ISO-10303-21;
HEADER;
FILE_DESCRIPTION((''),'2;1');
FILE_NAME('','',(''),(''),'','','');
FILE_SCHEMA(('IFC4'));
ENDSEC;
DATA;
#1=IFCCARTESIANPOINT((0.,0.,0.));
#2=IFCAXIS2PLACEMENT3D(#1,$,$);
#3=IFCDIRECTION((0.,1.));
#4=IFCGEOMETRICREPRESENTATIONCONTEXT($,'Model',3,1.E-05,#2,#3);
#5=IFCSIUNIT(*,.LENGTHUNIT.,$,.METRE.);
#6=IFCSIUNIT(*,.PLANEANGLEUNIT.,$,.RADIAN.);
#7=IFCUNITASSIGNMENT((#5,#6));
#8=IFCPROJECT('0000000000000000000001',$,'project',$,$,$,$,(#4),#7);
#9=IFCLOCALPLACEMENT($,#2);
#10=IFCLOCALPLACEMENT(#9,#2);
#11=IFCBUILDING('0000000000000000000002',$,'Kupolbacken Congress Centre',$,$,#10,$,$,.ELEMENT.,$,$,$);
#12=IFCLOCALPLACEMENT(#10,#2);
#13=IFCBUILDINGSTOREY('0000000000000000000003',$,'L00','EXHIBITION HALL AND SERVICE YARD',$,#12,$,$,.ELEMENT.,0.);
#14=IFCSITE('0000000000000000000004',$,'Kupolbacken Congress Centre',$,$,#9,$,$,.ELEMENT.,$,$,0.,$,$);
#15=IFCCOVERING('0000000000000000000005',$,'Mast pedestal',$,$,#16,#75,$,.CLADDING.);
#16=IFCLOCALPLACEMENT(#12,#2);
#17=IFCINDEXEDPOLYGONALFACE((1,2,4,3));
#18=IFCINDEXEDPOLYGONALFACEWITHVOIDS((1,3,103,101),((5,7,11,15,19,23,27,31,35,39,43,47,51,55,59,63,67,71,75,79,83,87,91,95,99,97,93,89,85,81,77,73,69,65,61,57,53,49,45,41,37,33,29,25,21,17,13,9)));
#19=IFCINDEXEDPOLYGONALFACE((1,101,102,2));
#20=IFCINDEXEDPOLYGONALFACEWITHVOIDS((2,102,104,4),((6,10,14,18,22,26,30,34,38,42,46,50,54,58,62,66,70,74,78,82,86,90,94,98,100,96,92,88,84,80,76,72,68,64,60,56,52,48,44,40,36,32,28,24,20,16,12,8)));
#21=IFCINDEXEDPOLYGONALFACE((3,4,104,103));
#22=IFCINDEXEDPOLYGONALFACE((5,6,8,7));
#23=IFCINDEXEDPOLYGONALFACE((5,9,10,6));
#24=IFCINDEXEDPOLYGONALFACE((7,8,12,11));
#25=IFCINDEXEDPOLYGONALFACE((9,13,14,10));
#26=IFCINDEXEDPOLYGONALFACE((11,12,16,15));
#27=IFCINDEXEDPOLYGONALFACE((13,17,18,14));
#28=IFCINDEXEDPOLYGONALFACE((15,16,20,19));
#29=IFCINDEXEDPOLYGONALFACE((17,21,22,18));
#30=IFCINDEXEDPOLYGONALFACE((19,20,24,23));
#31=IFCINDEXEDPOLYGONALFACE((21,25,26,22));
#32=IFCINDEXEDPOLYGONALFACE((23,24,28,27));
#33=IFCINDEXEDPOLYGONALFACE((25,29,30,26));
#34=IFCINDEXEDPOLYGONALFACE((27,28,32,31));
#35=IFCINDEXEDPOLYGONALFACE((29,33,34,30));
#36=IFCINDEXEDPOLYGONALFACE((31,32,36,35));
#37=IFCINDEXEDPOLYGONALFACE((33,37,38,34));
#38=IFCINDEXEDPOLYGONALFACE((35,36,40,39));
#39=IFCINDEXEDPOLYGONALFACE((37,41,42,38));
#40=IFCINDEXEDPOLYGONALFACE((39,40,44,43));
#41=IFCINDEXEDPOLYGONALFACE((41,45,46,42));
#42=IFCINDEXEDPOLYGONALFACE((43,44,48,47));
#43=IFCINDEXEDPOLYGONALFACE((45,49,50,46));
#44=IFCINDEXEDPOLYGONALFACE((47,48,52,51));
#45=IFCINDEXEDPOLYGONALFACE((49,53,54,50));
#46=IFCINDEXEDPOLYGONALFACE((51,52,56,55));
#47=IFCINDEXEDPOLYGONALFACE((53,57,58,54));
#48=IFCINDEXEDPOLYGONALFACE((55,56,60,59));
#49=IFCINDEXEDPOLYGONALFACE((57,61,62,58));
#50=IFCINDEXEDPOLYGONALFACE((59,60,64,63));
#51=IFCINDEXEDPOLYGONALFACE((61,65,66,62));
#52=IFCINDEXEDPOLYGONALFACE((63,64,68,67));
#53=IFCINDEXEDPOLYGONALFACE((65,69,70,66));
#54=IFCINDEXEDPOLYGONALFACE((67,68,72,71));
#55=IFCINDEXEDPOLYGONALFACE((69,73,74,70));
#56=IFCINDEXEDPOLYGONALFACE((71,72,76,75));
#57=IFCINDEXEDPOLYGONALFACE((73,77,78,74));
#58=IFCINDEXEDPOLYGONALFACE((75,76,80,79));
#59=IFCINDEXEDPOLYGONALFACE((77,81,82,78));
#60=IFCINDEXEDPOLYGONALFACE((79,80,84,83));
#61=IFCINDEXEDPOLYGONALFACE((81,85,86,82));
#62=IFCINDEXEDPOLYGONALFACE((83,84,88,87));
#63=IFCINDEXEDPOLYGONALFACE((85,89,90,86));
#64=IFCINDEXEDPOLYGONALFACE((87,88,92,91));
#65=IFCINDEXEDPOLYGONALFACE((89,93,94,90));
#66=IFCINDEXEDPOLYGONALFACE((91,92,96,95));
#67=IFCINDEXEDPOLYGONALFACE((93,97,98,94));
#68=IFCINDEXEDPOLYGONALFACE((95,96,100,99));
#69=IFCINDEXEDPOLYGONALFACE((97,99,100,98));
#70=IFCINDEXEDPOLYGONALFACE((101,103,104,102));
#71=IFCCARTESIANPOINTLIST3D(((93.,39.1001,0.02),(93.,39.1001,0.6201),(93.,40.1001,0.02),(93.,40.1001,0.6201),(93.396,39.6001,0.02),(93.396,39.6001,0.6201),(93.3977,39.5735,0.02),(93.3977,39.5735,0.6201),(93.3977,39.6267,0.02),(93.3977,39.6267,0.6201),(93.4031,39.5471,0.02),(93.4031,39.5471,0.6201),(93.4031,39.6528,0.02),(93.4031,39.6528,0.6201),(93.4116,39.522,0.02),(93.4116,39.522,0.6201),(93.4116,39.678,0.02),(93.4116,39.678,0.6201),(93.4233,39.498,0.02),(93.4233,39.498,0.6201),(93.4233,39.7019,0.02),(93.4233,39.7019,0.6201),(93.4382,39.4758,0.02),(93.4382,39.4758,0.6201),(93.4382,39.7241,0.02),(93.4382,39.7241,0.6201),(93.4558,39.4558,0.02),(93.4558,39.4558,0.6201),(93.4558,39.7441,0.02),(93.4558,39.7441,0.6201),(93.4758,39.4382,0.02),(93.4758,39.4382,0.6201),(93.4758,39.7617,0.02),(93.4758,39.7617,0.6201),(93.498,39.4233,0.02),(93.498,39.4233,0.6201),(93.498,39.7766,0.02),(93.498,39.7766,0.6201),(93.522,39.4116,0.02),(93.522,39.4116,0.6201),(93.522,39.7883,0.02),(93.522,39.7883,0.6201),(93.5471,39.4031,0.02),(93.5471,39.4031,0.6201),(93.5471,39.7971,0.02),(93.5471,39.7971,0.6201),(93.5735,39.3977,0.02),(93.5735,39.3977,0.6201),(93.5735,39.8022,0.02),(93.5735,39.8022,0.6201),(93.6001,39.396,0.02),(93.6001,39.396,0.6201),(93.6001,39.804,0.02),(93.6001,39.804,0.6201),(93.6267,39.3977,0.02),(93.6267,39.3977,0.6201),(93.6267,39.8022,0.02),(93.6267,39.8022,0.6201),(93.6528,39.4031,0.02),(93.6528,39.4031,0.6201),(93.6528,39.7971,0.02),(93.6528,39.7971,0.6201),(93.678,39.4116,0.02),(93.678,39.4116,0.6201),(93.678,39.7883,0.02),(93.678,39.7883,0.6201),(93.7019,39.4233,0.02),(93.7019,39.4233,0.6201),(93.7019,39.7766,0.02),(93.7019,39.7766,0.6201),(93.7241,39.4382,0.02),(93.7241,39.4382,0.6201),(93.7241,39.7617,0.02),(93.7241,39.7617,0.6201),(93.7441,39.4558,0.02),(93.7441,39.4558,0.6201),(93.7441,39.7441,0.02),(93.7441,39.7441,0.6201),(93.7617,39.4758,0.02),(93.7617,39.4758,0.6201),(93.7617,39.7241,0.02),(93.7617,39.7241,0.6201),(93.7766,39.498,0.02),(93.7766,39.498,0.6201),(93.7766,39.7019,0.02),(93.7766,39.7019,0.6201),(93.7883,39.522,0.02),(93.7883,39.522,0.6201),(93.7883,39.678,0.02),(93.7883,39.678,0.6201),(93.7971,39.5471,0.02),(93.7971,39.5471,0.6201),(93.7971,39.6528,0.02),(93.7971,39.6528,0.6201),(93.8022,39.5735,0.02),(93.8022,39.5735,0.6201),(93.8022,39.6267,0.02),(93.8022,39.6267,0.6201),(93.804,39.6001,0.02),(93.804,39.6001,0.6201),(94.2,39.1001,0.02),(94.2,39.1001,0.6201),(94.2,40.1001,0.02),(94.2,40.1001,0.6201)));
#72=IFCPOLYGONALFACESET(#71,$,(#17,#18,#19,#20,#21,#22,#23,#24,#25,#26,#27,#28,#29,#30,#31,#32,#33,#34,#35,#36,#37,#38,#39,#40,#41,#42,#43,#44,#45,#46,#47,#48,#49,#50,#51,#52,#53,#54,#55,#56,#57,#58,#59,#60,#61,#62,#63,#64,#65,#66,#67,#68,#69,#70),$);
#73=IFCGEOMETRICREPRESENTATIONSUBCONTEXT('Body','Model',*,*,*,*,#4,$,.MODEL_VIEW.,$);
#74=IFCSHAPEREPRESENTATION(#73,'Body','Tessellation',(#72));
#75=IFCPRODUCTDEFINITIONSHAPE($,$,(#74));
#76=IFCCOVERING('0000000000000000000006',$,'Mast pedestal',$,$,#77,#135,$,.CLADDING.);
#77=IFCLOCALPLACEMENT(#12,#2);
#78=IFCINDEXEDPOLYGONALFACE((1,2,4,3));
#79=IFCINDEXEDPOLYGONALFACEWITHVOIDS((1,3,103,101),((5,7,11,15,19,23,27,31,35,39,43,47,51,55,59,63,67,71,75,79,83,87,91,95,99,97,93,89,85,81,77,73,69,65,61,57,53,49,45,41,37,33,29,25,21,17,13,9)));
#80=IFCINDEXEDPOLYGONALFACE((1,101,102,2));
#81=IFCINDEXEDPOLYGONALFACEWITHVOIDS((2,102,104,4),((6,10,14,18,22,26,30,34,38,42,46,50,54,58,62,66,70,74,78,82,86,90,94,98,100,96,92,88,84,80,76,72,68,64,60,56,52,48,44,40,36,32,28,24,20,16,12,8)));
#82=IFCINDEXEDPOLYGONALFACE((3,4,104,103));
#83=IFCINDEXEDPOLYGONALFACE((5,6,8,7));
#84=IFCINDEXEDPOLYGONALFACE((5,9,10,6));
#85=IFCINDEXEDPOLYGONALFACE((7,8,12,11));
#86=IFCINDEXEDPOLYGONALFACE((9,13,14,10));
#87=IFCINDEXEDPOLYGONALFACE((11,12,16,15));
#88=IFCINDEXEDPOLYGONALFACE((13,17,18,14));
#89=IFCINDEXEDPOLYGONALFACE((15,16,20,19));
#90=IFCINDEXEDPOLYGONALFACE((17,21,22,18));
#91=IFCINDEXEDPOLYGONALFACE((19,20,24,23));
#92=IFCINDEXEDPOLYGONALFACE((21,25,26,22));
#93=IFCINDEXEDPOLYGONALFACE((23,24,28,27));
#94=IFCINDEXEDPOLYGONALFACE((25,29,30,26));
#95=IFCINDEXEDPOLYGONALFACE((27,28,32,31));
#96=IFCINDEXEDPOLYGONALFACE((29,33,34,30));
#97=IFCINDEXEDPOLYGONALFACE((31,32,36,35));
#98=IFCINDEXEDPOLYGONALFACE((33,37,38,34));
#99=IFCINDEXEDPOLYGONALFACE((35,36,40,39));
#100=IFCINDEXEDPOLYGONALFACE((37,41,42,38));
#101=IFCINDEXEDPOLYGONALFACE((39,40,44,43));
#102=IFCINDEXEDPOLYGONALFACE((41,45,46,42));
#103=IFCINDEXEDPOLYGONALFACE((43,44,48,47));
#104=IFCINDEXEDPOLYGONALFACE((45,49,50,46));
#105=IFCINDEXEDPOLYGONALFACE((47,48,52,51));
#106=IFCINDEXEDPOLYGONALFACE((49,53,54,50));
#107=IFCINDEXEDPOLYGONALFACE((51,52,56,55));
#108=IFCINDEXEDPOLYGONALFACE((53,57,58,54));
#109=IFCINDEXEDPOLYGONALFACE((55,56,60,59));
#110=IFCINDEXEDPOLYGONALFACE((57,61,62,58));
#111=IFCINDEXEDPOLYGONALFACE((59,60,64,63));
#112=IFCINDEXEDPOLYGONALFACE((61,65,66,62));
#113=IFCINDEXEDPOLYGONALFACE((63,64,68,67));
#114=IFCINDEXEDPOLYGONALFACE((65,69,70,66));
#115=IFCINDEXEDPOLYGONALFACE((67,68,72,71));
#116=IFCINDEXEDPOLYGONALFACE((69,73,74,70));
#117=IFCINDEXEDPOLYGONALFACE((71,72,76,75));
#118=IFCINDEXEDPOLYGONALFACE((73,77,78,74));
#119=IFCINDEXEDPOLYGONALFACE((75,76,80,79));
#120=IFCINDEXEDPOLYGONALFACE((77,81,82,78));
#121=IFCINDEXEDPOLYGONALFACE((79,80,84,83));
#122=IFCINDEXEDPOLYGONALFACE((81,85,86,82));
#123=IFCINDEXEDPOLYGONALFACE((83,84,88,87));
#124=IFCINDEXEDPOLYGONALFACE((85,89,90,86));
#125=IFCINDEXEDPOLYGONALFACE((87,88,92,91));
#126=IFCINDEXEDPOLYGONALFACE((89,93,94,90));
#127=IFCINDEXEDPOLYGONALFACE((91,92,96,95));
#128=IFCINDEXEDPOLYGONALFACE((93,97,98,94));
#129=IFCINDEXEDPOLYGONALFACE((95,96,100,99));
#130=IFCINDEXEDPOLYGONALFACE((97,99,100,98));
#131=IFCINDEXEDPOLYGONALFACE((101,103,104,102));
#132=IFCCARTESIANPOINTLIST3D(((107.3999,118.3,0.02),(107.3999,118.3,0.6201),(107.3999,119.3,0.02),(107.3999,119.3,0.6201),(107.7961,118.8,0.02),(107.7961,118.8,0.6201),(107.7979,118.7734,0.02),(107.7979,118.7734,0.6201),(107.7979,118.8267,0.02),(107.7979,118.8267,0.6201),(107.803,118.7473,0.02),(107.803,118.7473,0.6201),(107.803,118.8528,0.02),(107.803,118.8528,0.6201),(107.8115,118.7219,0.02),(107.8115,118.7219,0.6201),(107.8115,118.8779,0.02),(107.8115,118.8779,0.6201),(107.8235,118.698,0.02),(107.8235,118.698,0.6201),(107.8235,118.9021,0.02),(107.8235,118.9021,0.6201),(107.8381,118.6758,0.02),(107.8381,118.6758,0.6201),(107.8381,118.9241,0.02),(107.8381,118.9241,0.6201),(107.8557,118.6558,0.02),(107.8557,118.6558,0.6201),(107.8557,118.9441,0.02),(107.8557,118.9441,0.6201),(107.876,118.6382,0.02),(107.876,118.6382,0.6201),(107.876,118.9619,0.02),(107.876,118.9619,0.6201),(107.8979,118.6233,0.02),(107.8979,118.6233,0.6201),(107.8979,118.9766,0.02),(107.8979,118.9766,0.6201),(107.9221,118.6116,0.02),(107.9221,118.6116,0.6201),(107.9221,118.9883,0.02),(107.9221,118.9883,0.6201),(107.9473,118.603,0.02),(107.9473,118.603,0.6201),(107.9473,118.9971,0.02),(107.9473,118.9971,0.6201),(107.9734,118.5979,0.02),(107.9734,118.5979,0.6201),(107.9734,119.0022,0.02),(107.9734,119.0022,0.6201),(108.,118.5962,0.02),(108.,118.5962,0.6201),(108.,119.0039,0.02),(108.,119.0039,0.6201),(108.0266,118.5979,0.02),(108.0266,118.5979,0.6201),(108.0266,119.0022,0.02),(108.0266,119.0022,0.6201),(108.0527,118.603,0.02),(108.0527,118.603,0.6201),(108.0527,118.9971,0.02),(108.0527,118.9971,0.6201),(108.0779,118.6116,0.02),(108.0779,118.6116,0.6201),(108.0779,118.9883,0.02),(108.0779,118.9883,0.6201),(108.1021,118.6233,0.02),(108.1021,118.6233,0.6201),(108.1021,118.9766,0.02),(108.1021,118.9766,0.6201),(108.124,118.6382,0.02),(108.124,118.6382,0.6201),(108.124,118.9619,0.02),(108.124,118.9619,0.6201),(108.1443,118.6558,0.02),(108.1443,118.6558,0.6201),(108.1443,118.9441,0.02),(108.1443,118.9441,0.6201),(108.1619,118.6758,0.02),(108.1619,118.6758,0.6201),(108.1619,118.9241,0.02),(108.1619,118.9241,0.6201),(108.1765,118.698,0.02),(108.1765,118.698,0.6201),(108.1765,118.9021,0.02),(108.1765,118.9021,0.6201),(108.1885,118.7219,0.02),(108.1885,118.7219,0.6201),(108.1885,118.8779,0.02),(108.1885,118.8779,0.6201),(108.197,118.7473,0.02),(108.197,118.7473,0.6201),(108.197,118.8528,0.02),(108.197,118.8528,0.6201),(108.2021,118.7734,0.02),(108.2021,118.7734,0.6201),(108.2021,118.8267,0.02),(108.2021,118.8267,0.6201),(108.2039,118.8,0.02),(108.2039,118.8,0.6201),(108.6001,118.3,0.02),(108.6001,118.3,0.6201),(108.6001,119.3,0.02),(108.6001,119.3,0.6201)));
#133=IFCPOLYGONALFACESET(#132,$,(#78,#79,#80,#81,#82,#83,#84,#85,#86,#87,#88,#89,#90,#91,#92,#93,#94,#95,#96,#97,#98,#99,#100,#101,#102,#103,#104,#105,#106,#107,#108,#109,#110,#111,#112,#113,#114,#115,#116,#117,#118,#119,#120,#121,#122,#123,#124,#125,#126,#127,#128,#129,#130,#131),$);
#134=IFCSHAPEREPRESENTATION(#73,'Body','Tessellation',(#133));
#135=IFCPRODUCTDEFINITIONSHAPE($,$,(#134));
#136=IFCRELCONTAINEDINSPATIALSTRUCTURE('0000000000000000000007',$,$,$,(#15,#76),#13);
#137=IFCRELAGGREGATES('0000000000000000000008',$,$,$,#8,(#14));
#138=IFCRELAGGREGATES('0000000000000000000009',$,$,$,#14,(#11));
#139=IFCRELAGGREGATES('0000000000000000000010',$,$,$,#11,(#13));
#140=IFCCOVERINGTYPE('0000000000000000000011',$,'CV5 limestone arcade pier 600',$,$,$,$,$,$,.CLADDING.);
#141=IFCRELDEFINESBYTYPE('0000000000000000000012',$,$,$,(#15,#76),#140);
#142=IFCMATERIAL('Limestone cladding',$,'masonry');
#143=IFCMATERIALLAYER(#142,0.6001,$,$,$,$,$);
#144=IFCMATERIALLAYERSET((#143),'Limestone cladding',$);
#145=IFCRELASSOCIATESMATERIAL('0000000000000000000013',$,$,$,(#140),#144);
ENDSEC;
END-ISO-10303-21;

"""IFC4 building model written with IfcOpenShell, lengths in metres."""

from ifc_helpers import new_model, si_unit, direction, frame, origin, place, context, subcontext, project, spatial, polyline, outline, extrude, material, layer, layer_set, type_object, element, save


model = new_model("IFC4")

# Units and contexts
model_context = context("Model", 3, precision=1e-05, world=origin(), true_north=direction((0.0, 1.0)))
body_context = subcontext(model_context, "Body", "Model", "MODEL_VIEW")
ifc_project = project(units=[si_unit("LENGTHUNIT", "METRE"), si_unit("PLANEANGLEUNIT", "RADIAN")], contexts=[model_context])

# Site, building, storey
site_placement = place(None, origin())
site = spatial("IfcSite", under=ifc_project, at=site_placement, Name="Kupolbacken Congress Centre", CompositionType="ELEMENT", RefElevation=0.0)
building_placement = place(site_placement, origin())
building = spatial("IfcBuilding", under=site, at=building_placement, Name="Kupolbacken Congress Centre", CompositionType="ELEMENT")
storey_placement = place(building_placement, origin())
storey = spatial("IfcBuildingStorey", under=building, at=storey_placement, Name="L00", Description="EXHIBITION HALL AND SERVICE YARD", CompositionType="ELEMENT", Elevation=0.0)

# Coverings
ifc_material_1 = material(Name="Limestone cladding", Category="masonry")
ifc_layer_1 = layer(ifc_material_1, 0.6001)
ifc_layer_set_1 = layer_set([ifc_layer_1], Name="Limestone cladding")
covering_type_1 = type_object("IfcCoveringType", Name="CV5 limestone arcade pier 600", PredefinedType="CLADDING", material=ifc_layer_set_1)
covering_1_placement = place(storey_placement, frame((0.0, 0.0, 0.02)))
element("IfcCovering", 1, at=covering_1_placement, inside=storey, type_object=covering_type_1, Name="Mast pedestal", PredefinedType="CLADDING", context=body_context, shape_type="SweptSolid", body=[
    extrude(outline(polyline([(93.0, 39.1001), (93.0, 40.1001), (94.2, 40.1001), (94.2, 39.1001), (93.0, 39.1001)]), holes=[polyline([(93.8022, 39.6267), (93.7971, 39.6528), (93.7883, 39.678), (93.7766, 39.7019), (93.7617, 39.7241), (93.7441, 39.7441), (93.7241, 39.7617), (93.7019, 39.7766), (93.678, 39.7883), (93.6528, 39.7971), (93.6267, 39.8022), (93.6001, 39.804), (93.5735, 39.8022), (93.5471, 39.7971), (93.522, 39.7883), (93.498, 39.7766), (93.4758, 39.7617), (93.4558, 39.7441), (93.4382, 39.7241), (93.4233, 39.7019), (93.4116, 39.678), (93.4031, 39.6528), (93.3977, 39.6267), (93.396, 39.6001), (93.3977, 39.5735), (93.4031, 39.5471), (93.4116, 39.522), (93.4233, 39.498), (93.4382, 39.4758), (93.4558, 39.4558), (93.4758, 39.4382), (93.498, 39.4233), (93.522, 39.4116), (93.5471, 39.4031), (93.5735, 39.3977), (93.6001, 39.396), (93.6267, 39.3977), (93.6528, 39.4031), (93.678, 39.4116), (93.7019, 39.4233), (93.7241, 39.4382), (93.7441, 39.4558), (93.7617, 39.4758), (93.7766, 39.498), (93.7883, 39.522), (93.7971, 39.5471), (93.8022, 39.5735), (93.804, 39.6001), (93.8022, 39.6267)])]), origin(), (0.0, 0.0, 1.0), 0.6001),
])
covering_2_placement = place(storey_placement, frame((0.0, 0.0, 0.02)))
element("IfcCovering", 2, at=covering_2_placement, inside=storey, type_object=covering_type_1, Name="Mast pedestal", PredefinedType="CLADDING", context=body_context, shape_type="SweptSolid", body=[
    extrude(outline(polyline([(107.3999, 118.3), (107.3999, 119.3), (108.6001, 119.3), (108.6001, 118.3), (107.3999, 118.3)]), holes=[polyline([(108.2021, 118.8267), (108.197, 118.8528), (108.1885, 118.8779), (108.1765, 118.9021), (108.1619, 118.9241), (108.1443, 118.9441), (108.124, 118.9619), (108.1021, 118.9766), (108.0779, 118.9883), (108.0527, 118.9971), (108.0266, 119.0022), (108.0, 119.0039), (107.9734, 119.0022), (107.9473, 118.9971), (107.9221, 118.9883), (107.8979, 118.9766), (107.876, 118.9619), (107.8557, 118.9441), (107.8381, 118.9241), (107.8235, 118.9021), (107.8115, 118.8779), (107.803, 118.8528), (107.7979, 118.8267), (107.7961, 118.8), (107.7979, 118.7734), (107.803, 118.7473), (107.8115, 118.7219), (107.8235, 118.698), (107.8381, 118.6758), (107.8557, 118.6558), (107.876, 118.6382), (107.8979, 118.6233), (107.9221, 118.6116), (107.9473, 118.603), (107.9734, 118.5979), (108.0, 118.5962), (108.0266, 118.5979), (108.0527, 118.603), (108.0779, 118.6116), (108.1021, 118.6233), (108.124, 118.6382), (108.1443, 118.6558), (108.1619, 118.6758), (108.1765, 118.698), (108.1885, 118.7219), (108.197, 118.7473), (108.2021, 118.7734), (108.2039, 118.8), (108.2021, 118.8267)])]), origin(), (0.0, 0.0, 1.0), 0.6001),
])

save(model, "model.ifc")
